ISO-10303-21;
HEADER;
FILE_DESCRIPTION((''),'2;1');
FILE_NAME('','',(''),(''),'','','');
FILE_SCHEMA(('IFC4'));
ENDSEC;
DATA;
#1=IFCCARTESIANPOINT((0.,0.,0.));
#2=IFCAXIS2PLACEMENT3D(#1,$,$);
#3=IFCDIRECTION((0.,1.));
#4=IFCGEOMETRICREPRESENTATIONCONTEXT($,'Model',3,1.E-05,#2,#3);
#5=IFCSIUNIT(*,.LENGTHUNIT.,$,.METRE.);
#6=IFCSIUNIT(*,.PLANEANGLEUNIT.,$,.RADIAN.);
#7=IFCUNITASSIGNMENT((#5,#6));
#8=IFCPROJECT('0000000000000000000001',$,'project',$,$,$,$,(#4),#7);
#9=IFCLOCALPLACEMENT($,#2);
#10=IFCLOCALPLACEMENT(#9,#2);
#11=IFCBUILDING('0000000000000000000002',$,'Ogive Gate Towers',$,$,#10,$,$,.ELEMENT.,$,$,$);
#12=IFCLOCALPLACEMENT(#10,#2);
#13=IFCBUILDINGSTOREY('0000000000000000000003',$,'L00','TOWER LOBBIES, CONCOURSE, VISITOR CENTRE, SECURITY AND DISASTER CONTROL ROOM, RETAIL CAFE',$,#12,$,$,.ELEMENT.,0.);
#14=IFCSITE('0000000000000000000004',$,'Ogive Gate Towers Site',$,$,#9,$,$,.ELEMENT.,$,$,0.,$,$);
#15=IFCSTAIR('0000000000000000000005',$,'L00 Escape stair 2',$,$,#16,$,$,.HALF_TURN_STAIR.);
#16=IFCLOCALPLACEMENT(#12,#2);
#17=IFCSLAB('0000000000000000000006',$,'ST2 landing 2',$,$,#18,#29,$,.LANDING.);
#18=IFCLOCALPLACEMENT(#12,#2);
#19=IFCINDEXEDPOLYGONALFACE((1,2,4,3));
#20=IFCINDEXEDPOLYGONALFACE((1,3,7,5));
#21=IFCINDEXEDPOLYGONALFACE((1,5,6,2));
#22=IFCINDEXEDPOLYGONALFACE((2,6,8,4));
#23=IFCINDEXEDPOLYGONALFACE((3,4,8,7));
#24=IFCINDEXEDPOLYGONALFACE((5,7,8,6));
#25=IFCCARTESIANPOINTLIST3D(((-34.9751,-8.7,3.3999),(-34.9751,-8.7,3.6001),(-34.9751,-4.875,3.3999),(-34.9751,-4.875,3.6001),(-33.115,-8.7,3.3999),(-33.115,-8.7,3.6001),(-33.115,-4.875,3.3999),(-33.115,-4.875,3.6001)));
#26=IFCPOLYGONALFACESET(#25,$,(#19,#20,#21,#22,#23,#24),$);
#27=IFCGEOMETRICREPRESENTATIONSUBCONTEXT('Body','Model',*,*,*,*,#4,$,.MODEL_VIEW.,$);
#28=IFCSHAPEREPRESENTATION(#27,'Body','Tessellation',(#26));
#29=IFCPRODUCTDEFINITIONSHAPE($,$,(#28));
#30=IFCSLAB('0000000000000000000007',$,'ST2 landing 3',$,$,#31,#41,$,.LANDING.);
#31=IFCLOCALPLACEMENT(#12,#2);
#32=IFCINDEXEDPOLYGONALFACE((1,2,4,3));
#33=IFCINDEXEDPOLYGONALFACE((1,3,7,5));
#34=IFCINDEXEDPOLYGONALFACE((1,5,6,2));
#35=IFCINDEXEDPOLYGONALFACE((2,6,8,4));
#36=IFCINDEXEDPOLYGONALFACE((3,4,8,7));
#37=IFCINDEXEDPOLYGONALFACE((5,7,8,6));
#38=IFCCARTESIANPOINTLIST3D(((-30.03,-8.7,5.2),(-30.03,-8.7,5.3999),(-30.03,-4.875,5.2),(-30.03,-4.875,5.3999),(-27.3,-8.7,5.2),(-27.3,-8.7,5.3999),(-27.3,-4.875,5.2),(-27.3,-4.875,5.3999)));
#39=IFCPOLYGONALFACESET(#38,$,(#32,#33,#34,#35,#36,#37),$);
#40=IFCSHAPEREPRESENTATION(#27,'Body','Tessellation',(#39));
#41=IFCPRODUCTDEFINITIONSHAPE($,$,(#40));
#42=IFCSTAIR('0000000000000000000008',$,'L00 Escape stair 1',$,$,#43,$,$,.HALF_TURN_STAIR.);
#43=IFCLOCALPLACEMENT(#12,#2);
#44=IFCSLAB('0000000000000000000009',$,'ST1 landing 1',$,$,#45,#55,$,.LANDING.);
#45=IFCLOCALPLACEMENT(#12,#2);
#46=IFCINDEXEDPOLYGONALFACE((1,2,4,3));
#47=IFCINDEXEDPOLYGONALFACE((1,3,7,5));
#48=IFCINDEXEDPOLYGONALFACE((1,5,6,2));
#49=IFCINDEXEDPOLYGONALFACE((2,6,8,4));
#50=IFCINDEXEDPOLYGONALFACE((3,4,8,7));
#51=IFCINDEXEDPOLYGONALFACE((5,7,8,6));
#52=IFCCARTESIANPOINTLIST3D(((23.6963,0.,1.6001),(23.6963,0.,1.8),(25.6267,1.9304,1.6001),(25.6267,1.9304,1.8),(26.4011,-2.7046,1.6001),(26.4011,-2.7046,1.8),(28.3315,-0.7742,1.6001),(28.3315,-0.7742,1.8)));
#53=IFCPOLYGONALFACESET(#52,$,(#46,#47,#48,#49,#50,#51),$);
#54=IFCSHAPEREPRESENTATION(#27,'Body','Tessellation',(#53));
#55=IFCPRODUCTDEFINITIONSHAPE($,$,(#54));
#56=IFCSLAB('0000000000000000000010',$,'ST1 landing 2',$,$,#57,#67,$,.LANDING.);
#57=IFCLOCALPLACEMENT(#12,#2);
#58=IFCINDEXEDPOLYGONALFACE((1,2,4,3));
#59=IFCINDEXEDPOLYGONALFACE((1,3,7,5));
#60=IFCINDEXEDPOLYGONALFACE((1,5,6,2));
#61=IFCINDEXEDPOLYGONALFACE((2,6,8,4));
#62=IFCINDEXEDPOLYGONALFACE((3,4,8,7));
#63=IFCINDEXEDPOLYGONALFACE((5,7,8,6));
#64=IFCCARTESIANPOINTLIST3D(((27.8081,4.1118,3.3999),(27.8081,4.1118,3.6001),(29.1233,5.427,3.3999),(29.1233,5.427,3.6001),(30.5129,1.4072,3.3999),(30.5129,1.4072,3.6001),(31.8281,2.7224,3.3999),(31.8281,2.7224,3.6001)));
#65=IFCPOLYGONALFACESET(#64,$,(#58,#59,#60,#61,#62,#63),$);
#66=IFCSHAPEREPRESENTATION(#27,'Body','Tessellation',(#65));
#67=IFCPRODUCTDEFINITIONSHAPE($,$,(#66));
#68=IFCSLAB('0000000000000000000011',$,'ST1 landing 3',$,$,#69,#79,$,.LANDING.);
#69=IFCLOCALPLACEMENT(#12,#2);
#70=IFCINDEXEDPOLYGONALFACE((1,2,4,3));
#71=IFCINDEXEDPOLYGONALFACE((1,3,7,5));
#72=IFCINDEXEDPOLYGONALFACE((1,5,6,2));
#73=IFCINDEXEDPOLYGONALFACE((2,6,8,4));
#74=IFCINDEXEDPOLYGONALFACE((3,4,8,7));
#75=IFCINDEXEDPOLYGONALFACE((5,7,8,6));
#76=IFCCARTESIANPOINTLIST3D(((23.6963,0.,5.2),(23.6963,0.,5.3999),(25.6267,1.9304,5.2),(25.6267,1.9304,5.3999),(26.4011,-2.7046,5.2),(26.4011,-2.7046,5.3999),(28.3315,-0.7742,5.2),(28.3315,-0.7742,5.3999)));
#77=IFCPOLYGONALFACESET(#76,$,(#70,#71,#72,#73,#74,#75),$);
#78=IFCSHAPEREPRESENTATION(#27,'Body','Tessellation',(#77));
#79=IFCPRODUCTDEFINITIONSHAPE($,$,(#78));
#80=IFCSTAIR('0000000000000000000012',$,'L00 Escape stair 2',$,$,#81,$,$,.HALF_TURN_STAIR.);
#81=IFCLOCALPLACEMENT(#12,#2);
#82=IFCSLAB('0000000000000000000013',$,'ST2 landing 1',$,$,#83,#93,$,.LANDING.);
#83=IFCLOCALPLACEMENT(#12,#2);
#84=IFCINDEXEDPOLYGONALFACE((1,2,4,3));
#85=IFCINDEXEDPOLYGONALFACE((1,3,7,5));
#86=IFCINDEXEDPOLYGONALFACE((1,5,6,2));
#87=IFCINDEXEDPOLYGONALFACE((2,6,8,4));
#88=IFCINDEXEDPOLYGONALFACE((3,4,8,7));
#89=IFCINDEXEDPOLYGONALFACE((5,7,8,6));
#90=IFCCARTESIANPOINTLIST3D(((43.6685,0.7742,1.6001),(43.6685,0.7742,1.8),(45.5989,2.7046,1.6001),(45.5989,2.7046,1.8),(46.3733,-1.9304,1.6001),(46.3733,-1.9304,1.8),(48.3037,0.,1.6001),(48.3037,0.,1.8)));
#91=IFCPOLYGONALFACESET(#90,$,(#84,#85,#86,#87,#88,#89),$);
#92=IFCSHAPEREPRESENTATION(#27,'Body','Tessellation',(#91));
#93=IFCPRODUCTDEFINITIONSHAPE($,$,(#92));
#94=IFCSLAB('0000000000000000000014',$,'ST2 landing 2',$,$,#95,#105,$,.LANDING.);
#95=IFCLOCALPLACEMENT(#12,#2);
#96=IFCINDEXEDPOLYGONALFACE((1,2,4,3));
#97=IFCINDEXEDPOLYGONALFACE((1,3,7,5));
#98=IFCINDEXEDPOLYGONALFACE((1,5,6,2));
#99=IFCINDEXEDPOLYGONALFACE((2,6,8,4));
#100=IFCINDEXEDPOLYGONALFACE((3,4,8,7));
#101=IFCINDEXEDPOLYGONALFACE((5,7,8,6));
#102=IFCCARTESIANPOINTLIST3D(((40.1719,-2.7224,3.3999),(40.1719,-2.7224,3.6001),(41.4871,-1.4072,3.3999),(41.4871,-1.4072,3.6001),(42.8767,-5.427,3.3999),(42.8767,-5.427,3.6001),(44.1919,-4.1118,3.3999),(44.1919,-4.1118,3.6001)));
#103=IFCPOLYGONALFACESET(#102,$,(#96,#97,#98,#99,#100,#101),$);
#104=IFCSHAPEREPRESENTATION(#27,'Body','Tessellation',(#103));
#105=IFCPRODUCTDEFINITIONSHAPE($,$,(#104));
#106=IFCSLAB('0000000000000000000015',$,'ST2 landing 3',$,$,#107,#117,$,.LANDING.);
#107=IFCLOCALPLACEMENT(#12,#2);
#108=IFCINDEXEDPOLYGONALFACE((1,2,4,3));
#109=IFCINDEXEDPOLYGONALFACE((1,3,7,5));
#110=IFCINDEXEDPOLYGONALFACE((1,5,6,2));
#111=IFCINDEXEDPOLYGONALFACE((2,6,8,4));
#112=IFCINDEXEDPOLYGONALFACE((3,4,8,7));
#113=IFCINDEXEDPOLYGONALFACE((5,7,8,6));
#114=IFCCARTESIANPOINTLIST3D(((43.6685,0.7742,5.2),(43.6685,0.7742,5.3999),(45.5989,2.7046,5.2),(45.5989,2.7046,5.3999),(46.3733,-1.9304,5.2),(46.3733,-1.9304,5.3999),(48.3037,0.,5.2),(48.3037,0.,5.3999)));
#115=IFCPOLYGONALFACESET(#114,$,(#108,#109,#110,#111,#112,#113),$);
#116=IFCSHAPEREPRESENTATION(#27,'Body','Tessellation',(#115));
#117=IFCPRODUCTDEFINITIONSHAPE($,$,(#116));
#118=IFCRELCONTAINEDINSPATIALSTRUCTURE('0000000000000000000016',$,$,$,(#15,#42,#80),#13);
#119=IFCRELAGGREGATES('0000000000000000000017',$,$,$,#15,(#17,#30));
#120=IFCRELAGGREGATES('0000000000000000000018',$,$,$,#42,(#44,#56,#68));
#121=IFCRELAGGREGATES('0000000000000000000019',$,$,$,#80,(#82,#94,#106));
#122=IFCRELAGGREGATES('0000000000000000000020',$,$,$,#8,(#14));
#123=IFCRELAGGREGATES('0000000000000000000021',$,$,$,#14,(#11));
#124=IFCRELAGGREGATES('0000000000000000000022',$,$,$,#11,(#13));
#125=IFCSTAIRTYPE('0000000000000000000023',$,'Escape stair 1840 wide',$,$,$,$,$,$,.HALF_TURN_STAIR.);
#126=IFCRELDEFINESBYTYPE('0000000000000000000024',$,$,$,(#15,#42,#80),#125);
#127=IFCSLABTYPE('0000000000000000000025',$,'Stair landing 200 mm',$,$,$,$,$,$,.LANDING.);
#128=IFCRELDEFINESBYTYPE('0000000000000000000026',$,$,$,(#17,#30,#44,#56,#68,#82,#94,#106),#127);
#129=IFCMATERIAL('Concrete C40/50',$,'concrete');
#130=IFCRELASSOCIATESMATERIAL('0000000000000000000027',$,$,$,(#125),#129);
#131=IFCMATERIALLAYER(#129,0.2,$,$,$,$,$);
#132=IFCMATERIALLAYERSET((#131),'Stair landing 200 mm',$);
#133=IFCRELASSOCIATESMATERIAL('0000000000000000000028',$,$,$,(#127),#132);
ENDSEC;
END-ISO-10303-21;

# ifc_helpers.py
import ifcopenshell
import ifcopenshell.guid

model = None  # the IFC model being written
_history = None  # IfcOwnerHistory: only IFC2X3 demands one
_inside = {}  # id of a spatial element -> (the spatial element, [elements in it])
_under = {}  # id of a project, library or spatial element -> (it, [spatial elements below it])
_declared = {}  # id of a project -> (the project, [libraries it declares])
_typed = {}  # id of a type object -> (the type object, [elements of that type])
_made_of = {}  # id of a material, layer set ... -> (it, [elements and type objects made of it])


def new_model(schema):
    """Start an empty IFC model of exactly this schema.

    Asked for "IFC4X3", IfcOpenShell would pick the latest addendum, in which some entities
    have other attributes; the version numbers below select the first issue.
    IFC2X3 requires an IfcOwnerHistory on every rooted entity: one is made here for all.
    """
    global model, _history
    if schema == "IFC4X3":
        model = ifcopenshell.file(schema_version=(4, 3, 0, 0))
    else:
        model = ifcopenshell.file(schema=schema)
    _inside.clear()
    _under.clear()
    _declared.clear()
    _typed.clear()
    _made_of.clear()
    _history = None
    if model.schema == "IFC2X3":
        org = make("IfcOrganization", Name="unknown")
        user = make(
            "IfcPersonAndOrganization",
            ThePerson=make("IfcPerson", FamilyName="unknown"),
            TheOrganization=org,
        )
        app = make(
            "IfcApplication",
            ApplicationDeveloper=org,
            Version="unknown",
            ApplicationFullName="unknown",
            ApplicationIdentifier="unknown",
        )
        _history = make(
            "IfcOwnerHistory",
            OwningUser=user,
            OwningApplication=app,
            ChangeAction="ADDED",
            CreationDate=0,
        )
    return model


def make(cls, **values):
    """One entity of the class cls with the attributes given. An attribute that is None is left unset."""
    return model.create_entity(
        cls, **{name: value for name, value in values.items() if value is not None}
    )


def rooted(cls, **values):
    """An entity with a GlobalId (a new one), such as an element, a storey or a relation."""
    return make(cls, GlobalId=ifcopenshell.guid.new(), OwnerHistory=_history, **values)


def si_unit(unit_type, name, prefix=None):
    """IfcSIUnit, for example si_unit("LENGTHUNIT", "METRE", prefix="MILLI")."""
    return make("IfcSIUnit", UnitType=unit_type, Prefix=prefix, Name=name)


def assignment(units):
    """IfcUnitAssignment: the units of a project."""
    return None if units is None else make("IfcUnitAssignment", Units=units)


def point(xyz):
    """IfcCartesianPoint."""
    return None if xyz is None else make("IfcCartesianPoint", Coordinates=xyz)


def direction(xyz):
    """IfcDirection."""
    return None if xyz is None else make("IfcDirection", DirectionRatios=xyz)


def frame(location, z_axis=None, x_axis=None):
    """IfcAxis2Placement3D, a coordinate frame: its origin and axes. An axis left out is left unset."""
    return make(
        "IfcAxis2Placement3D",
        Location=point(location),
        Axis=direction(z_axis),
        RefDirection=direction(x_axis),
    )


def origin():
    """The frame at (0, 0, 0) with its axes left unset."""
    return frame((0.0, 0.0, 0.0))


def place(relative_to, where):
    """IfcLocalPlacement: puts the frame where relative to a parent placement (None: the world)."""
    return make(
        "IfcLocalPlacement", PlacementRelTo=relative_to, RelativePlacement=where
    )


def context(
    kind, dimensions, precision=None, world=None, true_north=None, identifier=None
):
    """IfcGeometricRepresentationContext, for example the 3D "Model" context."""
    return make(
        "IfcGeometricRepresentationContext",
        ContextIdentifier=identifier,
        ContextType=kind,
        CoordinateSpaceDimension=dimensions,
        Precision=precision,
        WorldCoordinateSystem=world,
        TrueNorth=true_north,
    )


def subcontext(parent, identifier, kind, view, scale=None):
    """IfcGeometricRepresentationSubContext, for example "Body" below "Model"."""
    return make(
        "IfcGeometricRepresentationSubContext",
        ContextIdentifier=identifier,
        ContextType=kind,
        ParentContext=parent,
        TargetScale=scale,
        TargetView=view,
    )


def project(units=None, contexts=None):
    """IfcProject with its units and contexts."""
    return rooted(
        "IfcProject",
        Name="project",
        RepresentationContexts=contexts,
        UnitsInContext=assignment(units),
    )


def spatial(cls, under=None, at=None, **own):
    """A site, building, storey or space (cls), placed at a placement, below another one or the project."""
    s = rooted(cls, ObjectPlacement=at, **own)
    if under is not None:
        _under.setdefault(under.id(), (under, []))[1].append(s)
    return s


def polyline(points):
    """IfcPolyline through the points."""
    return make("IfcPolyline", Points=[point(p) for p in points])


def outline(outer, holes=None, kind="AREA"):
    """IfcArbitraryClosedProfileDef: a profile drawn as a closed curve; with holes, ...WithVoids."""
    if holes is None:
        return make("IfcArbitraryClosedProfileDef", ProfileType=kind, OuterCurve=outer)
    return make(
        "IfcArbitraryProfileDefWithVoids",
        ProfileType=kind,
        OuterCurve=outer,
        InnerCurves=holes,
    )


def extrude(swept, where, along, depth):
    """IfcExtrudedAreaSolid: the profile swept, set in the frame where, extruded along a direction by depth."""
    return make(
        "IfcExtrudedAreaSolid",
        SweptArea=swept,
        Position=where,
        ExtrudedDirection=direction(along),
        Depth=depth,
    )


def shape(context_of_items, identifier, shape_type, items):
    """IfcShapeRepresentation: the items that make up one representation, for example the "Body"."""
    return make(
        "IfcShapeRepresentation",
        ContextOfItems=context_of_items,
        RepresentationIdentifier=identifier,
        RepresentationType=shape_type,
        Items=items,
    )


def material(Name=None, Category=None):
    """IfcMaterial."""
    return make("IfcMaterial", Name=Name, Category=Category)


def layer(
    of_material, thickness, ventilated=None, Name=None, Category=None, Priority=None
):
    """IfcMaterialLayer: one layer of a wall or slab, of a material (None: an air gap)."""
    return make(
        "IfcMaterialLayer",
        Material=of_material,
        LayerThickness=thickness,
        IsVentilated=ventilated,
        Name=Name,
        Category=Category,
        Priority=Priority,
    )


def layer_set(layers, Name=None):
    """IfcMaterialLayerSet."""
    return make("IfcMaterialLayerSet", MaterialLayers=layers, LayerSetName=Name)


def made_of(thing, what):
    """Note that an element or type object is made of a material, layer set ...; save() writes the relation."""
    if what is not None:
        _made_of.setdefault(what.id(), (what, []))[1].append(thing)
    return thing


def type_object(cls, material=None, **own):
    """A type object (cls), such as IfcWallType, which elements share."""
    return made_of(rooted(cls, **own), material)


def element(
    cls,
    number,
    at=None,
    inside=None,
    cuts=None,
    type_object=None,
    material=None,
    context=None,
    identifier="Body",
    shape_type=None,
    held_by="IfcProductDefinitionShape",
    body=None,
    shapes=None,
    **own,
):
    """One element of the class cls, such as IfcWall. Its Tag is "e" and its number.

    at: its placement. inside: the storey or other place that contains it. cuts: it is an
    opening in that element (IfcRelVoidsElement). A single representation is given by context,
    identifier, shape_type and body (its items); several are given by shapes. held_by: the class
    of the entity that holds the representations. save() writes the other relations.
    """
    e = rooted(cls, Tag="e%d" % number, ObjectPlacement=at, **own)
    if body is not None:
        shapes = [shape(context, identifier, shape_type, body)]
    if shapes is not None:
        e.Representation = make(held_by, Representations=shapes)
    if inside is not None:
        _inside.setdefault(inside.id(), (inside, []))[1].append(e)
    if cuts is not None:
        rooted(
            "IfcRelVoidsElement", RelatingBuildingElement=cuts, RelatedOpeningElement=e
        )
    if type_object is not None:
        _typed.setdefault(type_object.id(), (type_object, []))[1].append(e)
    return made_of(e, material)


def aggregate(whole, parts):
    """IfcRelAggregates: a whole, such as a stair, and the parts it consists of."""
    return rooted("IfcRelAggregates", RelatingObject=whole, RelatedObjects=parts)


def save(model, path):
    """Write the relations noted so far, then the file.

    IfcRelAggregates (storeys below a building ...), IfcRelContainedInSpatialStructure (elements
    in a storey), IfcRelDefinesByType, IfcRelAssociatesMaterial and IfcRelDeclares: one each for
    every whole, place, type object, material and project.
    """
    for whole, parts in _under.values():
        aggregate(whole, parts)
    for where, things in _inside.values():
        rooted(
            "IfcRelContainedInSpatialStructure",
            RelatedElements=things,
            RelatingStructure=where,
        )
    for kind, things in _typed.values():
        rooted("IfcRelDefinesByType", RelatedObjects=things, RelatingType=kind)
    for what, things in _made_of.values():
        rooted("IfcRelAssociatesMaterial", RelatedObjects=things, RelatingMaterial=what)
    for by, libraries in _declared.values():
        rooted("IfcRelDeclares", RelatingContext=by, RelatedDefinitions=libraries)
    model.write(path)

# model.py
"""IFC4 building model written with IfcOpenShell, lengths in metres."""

from ifc_helpers import new_model, si_unit, direction, frame, origin, place, context, subcontext, project, spatial, polyline, outline, extrude, material, layer, layer_set, type_object, element, aggregate, save


model = new_model("IFC4")

# Units and contexts
model_context = context("Model", 3, precision=1e-05, world=origin(), true_north=direction((0.0, 1.0)))
body_context = subcontext(model_context, "Body", "Model", "MODEL_VIEW")
ifc_project = project(units=[si_unit("LENGTHUNIT", "METRE"), si_unit("PLANEANGLEUNIT", "RADIAN")], contexts=[model_context])

# Site, building, storey
site_placement = place(None, origin())
site = spatial("IfcSite", under=ifc_project, at=site_placement, Name="Ogive Gate Towers Site", CompositionType="ELEMENT", RefElevation=0.0)
building_placement = place(site_placement, origin())
building = spatial("IfcBuilding", under=site, at=building_placement, Name="Ogive Gate Towers", CompositionType="ELEMENT")
storey_placement = place(building_placement, origin())
storey = spatial("IfcBuildingStorey", under=building, at=storey_placement, Name="L00", Description="TOWER LOBBIES, CONCOURSE, VISITOR CENTRE, SECURITY AND DISASTER CONTROL ROOM, RETAIL CAFE", CompositionType="ELEMENT", Elevation=0.0)

# Stairs, slabs
ifc_material_1 = material(Name="Concrete C40/50", Category="concrete")
stair_type_1 = type_object("IfcStairType", Name="Escape stair 1840 wide", PredefinedType="HALF_TURN_STAIR", material=ifc_material_1)
ifc_layer_1 = layer(ifc_material_1, 0.2)
ifc_layer_set_1 = layer_set([ifc_layer_1], Name="Stair landing 200 mm")
slab_type_1 = type_object("IfcSlabType", Name="Stair landing 200 mm", PredefinedType="LANDING", material=ifc_layer_set_1)
stair_1_placement = place(storey_placement, origin())
stair_1 = element("IfcStair", 1, at=stair_1_placement, inside=storey, type_object=stair_type_1, Name="L00 Escape stair 2", PredefinedType="HALF_TURN_STAIR")
slab_1_placement = place(storey_placement, frame((0.0, 0.0, 3.3999)))
slab_1 = element("IfcSlab", 2, at=slab_1_placement, type_object=slab_type_1, Name="ST2 landing 2", PredefinedType="LANDING", context=body_context, shape_type="SweptSolid", body=[
    extrude(outline(polyline([(-34.9751, -8.7), (-33.115, -8.7), (-33.115, -4.875), (-34.9751, -4.875), (-34.9751, -8.7)])), origin(), (0.0, 0.0, 1.0), 0.2002),
])
slab_2_placement = place(storey_placement, frame((0.0, 0.0, 5.2)))
slab_2 = element("IfcSlab", 3, at=slab_2_placement, type_object=slab_type_1, Name="ST2 landing 3", PredefinedType="LANDING", context=body_context, shape_type="SweptSolid", body=[
    extrude(outline(polyline([(-30.03, -8.7), (-27.3, -8.7), (-27.3, -4.875), (-30.03, -4.875), (-30.03, -8.7)])), origin(), (0.0, 0.0, 1.0), 0.2),
])
aggregate(stair_1, [slab_1, slab_2])
stair_2_placement = place(storey_placement, origin())
stair_2 = element("IfcStair", 4, at=stair_2_placement, inside=storey, type_object=stair_type_1, Name="L00 Escape stair 1", PredefinedType="HALF_TURN_STAIR")
slab_3_placement = place(storey_placement, frame((0.0, 0.0, 1.6001)))
slab_3 = element("IfcSlab", 5, at=slab_3_placement, type_object=slab_type_1, Name="ST1 landing 1", PredefinedType="LANDING", context=body_context, shape_type="SweptSolid", body=[
    extrude(outline(polyline([(25.6267, 1.9304), (23.6963, 0.0), (26.4011, -2.7046), (28.3315, -0.7742), (25.6267, 1.9304)])), origin(), (0.0, 0.0, 1.0), 0.2),
])
slab_4_placement = place(storey_placement, frame((0.0, 0.0, 3.3999)))
slab_4 = element("IfcSlab", 6, at=slab_4_placement, type_object=slab_type_1, Name="ST1 landing 2", PredefinedType="LANDING", context=body_context, shape_type="SweptSolid", body=[
    extrude(outline(polyline([(29.1233, 5.427), (27.8081, 4.1118), (30.5129, 1.4072), (31.8281, 2.7224), (29.1233, 5.427)])), origin(), (0.0, 0.0, 1.0), 0.2002),
])
slab_5_placement = place(storey_placement, frame((0.0, 0.0, 5.2)))
slab_5 = element("IfcSlab", 7, at=slab_5_placement, type_object=slab_type_1, Name="ST1 landing 3", PredefinedType="LANDING", context=body_context, shape_type="SweptSolid", body=[
    extrude(outline(polyline([(25.6267, 1.9304), (23.6963, 0.0), (26.4011, -2.7046), (28.3315, -0.7742), (25.6267, 1.9304)])), origin(), (0.0, 0.0, 1.0), 0.2),
])
aggregate(stair_2, [slab_3, slab_4, slab_5])
stair_3_placement = place(storey_placement, origin())
stair_3 = element("IfcStair", 8, at=stair_3_placement, inside=storey, type_object=stair_type_1, Name="L00 Escape stair 2", PredefinedType="HALF_TURN_STAIR")
slab_6_placement = place(storey_placement, frame((0.0, 0.0, 1.6001)))
slab_6 = element("IfcSlab", 9, at=slab_6_placement, type_object=slab_type_1, Name="ST2 landing 1", PredefinedType="LANDING", context=body_context, shape_type="SweptSolid", body=[
    extrude(outline(polyline([(46.3733, -1.9304), (48.3037, 0.0), (45.5989, 2.7046), (43.6685, 0.7742), (46.3733, -1.9304)])), origin(), (0.0, 0.0, 1.0), 0.2),
])
slab_7_placement = place(storey_placement, frame((0.0, 0.0, 3.3999)))
slab_7 = element("IfcSlab", 10, at=slab_7_placement, type_object=slab_type_1, Name="ST2 landing 2", PredefinedType="LANDING", context=body_context, shape_type="SweptSolid", body=[
    extrude(outline(polyline([(42.8767, -5.427), (44.1919, -4.1118), (41.4871, -1.4072), (40.1719, -2.7224), (42.8767, -5.427)])), origin(), (0.0, 0.0, 1.0), 0.2002),
])
slab_8_placement = place(storey_placement, frame((0.0, 0.0, 5.2)))
slab_8 = element("IfcSlab", 11, at=slab_8_placement, type_object=slab_type_1, Name="ST2 landing 3", PredefinedType="LANDING", context=body_context, shape_type="SweptSolid", body=[
    extrude(outline(polyline([(46.3733, -1.9304), (48.3037, 0.0), (45.5989, 2.7046), (43.6685, 0.7742), (46.3733, -1.9304)])), origin(), (0.0, 0.0, 1.0), 0.2),
])
aggregate(stair_3, [slab_6, slab_7, slab_8])

save(model, "model.ifc")
